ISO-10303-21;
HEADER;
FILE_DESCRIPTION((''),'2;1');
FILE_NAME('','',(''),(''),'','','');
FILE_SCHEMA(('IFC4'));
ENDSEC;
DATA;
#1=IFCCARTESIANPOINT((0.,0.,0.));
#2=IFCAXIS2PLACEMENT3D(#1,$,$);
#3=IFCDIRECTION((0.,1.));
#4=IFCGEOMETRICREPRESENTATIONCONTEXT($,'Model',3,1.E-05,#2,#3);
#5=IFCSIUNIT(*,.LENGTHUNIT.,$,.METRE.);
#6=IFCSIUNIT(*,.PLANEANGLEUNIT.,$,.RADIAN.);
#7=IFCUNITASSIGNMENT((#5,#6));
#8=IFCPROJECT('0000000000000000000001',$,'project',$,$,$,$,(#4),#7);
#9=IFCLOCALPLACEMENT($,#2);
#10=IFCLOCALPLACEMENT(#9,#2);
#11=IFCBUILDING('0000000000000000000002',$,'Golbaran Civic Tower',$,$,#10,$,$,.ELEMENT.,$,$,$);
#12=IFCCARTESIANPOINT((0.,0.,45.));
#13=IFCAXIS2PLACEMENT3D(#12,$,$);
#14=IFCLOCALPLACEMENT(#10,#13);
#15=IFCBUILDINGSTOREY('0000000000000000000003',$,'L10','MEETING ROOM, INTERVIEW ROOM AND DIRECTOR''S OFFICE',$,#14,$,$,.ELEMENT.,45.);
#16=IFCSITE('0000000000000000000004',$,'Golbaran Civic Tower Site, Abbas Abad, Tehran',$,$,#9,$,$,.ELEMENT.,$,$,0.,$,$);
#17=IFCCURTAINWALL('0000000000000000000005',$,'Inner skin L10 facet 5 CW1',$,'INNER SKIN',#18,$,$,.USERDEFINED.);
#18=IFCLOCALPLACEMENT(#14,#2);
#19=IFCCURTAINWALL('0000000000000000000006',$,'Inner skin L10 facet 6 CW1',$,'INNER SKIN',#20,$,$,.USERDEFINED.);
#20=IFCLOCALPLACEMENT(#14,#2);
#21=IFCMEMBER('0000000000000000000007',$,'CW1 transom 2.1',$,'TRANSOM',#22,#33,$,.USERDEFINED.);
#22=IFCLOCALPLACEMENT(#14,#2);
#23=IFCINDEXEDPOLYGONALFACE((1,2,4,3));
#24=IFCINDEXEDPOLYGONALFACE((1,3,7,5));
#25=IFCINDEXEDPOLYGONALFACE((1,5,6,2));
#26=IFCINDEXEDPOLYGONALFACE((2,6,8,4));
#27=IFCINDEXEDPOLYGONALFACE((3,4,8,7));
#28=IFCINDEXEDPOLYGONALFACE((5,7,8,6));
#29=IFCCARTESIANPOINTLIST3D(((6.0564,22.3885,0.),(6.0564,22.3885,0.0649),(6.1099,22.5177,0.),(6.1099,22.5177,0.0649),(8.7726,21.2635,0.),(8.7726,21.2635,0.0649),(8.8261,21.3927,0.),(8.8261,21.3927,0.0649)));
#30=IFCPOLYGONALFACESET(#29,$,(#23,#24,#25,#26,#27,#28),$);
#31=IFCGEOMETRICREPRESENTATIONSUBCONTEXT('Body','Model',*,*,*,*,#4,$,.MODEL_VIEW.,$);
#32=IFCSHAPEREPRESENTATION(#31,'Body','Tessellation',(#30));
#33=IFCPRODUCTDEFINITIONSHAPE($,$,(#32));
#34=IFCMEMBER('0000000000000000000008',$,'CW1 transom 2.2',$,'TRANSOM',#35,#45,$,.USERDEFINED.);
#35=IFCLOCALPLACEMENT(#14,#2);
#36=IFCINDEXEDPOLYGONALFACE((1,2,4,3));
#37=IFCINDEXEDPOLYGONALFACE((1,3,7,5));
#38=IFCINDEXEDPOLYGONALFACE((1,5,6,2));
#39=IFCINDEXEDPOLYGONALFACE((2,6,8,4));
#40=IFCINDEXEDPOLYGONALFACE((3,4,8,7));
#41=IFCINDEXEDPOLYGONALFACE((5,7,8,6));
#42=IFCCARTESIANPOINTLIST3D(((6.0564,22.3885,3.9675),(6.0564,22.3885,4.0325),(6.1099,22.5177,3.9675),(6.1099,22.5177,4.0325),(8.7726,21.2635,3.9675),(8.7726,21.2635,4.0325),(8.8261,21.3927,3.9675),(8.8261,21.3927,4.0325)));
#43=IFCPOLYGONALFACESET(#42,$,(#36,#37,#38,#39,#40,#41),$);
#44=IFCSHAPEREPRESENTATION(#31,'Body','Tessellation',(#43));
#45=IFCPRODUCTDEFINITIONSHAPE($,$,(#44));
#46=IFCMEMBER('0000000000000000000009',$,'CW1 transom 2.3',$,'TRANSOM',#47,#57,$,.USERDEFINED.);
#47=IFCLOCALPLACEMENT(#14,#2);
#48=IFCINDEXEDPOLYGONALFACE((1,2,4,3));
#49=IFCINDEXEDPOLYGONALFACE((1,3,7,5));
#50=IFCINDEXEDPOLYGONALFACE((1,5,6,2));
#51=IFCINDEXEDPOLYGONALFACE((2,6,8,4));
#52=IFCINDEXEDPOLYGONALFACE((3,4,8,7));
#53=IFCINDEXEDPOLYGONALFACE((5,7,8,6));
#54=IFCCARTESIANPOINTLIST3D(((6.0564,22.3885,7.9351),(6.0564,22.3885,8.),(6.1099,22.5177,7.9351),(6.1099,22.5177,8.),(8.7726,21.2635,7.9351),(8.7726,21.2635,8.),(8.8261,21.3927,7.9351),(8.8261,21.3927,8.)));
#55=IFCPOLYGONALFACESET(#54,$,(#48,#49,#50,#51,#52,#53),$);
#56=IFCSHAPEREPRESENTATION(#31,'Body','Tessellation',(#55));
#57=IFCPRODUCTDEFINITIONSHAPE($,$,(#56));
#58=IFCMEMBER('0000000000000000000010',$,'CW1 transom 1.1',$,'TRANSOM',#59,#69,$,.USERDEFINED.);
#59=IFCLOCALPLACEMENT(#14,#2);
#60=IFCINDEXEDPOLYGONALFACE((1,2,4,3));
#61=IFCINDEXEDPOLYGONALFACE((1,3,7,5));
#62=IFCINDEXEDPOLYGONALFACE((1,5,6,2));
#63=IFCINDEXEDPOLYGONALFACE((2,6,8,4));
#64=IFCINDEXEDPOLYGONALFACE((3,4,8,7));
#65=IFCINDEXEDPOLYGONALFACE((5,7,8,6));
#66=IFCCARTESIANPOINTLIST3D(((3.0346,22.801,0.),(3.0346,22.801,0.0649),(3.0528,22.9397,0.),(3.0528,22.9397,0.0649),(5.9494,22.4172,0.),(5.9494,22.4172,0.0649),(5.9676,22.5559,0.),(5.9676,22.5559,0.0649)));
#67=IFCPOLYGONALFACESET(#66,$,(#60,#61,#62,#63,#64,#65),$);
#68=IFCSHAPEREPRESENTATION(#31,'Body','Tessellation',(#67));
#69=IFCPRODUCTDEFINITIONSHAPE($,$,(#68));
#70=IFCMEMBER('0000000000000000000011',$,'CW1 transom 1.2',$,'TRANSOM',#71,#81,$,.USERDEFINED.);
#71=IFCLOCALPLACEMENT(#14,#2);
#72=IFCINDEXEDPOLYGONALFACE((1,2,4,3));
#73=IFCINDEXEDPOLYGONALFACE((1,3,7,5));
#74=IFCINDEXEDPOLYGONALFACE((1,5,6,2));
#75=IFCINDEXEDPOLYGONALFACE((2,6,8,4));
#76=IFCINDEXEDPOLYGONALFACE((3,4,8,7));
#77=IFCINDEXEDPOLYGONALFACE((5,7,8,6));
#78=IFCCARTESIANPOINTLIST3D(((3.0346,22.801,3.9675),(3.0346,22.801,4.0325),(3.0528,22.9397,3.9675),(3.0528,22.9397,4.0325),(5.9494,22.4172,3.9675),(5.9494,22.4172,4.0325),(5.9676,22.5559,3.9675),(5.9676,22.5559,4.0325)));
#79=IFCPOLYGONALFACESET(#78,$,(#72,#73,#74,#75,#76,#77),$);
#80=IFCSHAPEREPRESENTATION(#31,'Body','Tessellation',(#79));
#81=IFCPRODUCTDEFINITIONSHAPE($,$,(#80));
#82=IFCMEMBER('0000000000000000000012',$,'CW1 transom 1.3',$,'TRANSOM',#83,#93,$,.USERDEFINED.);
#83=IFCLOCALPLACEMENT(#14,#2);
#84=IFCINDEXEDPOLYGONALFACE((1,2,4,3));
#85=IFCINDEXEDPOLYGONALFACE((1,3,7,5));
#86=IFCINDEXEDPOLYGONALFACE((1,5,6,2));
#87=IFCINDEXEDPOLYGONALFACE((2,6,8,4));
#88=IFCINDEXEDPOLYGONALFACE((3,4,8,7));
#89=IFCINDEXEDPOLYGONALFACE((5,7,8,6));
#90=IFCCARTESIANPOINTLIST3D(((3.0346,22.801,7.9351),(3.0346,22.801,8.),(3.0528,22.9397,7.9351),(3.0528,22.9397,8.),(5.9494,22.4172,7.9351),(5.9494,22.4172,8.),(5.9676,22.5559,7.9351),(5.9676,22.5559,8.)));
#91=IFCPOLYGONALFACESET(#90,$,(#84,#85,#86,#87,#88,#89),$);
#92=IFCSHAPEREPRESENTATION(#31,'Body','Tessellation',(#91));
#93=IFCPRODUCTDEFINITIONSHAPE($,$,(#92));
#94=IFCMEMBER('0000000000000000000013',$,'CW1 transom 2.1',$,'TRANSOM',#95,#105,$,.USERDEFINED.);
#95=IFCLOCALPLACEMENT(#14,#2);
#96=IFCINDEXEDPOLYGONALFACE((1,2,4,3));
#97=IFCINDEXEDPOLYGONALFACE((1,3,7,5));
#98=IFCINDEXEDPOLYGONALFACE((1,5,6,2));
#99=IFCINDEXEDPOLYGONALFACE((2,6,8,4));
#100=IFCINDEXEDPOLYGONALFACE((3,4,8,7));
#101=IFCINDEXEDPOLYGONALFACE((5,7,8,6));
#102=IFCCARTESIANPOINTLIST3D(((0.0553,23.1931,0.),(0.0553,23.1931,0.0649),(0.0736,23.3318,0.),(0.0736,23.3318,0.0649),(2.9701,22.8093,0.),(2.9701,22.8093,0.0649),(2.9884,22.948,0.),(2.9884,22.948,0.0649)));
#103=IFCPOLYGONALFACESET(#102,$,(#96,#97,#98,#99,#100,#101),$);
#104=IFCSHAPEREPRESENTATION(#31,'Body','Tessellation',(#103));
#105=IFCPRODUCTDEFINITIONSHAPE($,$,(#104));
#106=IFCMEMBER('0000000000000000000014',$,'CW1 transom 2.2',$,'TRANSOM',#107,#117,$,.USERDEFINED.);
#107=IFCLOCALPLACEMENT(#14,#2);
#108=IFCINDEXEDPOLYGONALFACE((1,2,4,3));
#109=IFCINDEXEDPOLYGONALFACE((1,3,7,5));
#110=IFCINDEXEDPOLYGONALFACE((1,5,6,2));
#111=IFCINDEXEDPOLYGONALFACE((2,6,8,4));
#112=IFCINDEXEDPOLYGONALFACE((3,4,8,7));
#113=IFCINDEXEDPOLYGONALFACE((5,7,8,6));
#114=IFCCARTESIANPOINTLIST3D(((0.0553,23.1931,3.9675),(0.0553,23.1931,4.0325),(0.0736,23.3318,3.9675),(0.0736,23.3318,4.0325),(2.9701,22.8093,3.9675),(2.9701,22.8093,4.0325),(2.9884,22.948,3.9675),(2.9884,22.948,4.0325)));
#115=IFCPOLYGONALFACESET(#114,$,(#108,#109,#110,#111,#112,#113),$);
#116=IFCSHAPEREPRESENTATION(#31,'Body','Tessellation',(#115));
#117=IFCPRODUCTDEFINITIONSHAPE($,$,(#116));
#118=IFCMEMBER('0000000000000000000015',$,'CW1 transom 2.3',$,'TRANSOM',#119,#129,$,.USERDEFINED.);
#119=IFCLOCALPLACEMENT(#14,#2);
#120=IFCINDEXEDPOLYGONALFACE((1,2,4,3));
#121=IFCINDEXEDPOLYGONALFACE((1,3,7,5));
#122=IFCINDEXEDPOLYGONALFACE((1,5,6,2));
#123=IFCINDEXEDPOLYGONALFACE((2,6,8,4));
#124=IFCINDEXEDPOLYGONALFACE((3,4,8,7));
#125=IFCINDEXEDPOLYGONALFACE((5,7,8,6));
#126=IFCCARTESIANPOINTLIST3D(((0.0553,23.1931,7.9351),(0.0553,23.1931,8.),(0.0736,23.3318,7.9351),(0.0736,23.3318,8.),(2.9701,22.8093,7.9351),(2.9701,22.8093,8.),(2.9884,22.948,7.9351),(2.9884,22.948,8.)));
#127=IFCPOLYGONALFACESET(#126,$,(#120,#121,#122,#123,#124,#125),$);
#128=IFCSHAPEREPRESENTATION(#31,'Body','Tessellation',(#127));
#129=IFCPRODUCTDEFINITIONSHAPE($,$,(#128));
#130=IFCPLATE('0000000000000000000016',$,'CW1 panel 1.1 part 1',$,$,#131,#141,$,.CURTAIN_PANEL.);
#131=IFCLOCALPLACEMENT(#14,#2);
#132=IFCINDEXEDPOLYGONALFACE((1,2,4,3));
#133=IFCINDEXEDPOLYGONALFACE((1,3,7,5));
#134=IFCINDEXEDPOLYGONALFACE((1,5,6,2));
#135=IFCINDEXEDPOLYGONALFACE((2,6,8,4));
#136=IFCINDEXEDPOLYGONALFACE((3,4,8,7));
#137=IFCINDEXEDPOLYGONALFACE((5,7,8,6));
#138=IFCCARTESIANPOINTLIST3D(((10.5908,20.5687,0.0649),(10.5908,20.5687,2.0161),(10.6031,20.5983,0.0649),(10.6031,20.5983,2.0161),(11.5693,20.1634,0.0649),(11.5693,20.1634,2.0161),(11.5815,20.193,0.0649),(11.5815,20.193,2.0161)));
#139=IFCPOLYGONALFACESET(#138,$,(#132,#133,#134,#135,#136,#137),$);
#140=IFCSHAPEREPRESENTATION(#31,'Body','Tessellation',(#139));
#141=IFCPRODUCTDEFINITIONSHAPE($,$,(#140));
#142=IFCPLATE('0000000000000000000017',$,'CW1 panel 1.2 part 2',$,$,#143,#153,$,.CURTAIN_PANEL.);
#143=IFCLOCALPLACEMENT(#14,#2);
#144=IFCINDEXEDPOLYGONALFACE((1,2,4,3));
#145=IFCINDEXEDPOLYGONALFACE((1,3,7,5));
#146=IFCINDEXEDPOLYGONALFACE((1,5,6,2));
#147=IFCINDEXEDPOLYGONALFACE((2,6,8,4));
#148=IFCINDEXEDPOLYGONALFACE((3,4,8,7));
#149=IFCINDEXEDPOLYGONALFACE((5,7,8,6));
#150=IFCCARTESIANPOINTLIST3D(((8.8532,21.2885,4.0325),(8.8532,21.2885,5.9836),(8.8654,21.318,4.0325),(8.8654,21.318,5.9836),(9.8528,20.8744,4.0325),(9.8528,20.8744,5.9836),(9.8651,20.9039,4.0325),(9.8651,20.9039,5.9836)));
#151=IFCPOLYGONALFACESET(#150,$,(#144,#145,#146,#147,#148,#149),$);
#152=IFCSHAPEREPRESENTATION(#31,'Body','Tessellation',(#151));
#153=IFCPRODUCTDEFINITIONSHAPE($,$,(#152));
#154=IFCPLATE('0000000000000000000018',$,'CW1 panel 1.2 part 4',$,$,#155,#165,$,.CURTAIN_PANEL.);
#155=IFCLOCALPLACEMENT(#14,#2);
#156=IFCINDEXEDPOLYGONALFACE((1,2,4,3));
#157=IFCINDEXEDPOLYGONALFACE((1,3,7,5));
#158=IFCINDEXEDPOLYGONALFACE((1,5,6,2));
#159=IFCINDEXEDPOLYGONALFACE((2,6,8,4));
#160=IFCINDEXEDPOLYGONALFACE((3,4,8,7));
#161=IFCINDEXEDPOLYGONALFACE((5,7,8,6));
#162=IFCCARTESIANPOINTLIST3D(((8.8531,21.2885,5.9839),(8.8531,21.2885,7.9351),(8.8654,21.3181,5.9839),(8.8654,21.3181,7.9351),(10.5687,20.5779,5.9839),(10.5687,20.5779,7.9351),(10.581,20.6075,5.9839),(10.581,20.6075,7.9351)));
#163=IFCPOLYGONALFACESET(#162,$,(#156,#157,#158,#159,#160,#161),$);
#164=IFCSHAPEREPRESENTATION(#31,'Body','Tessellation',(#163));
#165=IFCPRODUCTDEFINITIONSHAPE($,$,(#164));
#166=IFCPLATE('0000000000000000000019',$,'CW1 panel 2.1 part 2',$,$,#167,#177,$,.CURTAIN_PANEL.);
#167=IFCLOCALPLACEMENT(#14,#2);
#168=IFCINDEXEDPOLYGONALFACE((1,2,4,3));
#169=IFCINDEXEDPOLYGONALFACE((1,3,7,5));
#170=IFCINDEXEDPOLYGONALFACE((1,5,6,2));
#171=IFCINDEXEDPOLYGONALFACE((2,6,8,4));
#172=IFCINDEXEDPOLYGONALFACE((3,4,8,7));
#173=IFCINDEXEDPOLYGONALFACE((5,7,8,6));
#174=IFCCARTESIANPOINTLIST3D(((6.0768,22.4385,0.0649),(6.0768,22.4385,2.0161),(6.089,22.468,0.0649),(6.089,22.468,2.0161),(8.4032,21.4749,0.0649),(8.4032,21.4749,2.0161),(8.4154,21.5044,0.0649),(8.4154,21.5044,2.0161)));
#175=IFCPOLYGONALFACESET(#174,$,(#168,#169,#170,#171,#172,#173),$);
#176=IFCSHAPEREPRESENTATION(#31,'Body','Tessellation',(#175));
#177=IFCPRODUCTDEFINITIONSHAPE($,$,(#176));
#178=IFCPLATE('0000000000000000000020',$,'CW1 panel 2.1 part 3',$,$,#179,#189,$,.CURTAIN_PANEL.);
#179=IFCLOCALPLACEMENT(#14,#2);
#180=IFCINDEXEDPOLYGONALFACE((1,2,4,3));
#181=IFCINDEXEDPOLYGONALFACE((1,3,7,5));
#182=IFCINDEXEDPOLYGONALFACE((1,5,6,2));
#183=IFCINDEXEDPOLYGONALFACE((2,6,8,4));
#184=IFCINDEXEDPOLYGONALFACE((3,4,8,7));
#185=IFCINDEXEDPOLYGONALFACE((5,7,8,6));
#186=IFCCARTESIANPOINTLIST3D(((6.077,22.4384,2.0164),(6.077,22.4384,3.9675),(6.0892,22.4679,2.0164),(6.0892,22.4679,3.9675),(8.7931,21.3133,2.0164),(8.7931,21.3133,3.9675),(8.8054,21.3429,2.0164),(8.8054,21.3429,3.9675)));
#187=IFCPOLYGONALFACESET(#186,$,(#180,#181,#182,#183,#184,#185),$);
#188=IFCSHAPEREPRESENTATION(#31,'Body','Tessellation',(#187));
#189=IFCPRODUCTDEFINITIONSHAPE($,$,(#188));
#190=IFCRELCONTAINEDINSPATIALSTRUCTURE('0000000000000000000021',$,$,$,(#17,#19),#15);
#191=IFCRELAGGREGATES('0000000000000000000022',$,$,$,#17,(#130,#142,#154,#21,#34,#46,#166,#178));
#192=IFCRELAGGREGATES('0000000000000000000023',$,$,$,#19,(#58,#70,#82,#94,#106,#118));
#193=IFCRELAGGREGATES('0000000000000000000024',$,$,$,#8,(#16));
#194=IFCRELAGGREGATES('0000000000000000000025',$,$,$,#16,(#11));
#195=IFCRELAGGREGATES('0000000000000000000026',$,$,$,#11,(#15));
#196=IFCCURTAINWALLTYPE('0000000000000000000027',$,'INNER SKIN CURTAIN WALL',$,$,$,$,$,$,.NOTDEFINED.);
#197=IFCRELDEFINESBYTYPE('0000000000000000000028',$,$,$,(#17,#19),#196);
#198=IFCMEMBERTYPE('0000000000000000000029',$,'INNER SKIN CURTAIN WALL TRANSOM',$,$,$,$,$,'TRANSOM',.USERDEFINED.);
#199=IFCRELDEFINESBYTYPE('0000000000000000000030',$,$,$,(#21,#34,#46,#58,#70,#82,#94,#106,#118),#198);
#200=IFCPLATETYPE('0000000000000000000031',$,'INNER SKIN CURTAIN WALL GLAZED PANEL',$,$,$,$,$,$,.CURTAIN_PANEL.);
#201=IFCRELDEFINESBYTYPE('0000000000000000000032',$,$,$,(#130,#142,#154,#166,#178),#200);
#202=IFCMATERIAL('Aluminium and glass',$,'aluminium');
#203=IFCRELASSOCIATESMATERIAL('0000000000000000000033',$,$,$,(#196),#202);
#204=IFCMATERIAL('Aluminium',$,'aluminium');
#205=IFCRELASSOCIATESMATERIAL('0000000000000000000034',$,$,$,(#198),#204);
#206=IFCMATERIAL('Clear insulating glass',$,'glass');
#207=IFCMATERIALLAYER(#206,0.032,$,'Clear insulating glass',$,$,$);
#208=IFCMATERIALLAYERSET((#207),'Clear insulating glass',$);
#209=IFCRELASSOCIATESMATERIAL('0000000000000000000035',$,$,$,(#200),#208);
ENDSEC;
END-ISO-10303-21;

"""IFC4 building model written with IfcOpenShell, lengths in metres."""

from ifc_helpers import new_model, si_unit, direction, frame, origin, origin_2d, place, context, subcontext, project, spatial, rectangle, extrude, material, layer, layer_set, material_profile, profile_set, type_object, element, aggregate, save


model = new_model("IFC4")

# Units and contexts
model_context = context("Model", 3, precision=1e-05, world=origin(), true_north=direction((0.0, 1.0)))
body_context = subcontext(model_context, "Body", "Model", "MODEL_VIEW")
ifc_project = project(units=[si_unit("LENGTHUNIT", "METRE"), si_unit("PLANEANGLEUNIT", "RADIAN")], contexts=[model_context])

# Site, building, storey
site_placement = place(None, origin())
site = spatial("IfcSite", under=ifc_project, at=site_placement, Name="Golbaran Civic Tower Site, Abbas Abad, Tehran", CompositionType="ELEMENT", RefElevation=0.0)
building_placement = place(site_placement, origin())
building = spatial("IfcBuilding", under=site, at=building_placement, Name="Golbaran Civic Tower", CompositionType="ELEMENT")
storey_placement = place(building_placement, frame((0.0, 0.0, 45.0)))
storey = spatial("IfcBuildingStorey", under=building, at=storey_placement, Name="L10", Description="MEETING ROOM, INTERVIEW ROOM AND DIRECTOR'S OFFICE", CompositionType="ELEMENT", Elevation=45.0)

# Curtain walls
ifc_material_1 = material(Name="Aluminium and glass", Category="aluminium")
curtain_wall_type = type_object("IfcCurtainWallType", Name="INNER SKIN CURTAIN WALL", PredefinedType="NOTDEFINED", material=ifc_material_1)
curtain_wall_1_placement = place(storey_placement, origin())
curtain_wall_1 = element("IfcCurtainWall", 1, at=curtain_wall_1_placement, inside=storey, type_object=curtain_wall_type, Name="Inner skin L10 facet 5 CW1", ObjectType="INNER SKIN", PredefinedType="USERDEFINED")
ifc_material_2 = material(Name="Aluminium", Category="aluminium")
curtain_wall_2_placement = place(storey_placement, origin())
curtain_wall_2 = element("IfcCurtainWall", 2, at=curtain_wall_2_placement, inside=storey, type_object=curtain_wall_type, Name="Inner skin L10 facet 6 CW1", ObjectType="INNER SKIN", PredefinedType="USERDEFINED")

# Members
ifc_material_profile_1 = material_profile(ifc_material_2, rectangle(XDim=0.1399, YDim=0.0649, at=origin_2d()), Name="INNER SKIN CURTAIN WALL TRANSOM")
ifc_profile_set_1 = profile_set([ifc_material_profile_1], Name="Aluminium")
member_type_1 = type_object("IfcMemberType", Name="INNER SKIN CURTAIN WALL TRANSOM", ElementType="TRANSOM", PredefinedType="USERDEFINED", material=ifc_profile_set_1)
member_1_placement = place(storey_placement, frame((8.7993, 21.3281, 0.0325), z_axis=(-0.923895, 0.382645, 0.0), x_axis=(-0.382645, -0.923895, 0.0)))
member_1 = element("IfcMember", 3, at=member_1_placement, type_object=member_type_1, Name="CW1 transom 2.1", ObjectType="TRANSOM", PredefinedType="USERDEFINED", context=body_context, shape_type="SweptSolid", body=[
    extrude(rectangle(XDim=0.1399, YDim=0.0649, at=origin_2d()), origin(), (0.0, 0.0, 1.0), 2.9399),
])
member_2_placement = place(storey_placement, frame((8.7993, 21.3281, 4.0), z_axis=(-0.923895, 0.382645, 0.0), x_axis=(-0.382645, -0.923895, 0.0)))
member_2 = element("IfcMember", 4, at=member_2_placement, type_object=member_type_1, Name="CW1 transom 2.2", ObjectType="TRANSOM", PredefinedType="USERDEFINED", context=body_context, shape_type="SweptSolid", body=[
    extrude(rectangle(XDim=0.1399, YDim=0.0649, at=origin_2d()), origin(), (0.0, 0.0, 1.0), 2.9399),
])
member_3_placement = place(storey_placement, frame((8.7993, 21.3281, 7.9675), z_axis=(-0.923895, 0.382645, 0.0), x_axis=(-0.382645, -0.923895, 0.0)))
member_3 = element("IfcMember", 5, at=member_3_placement, type_object=member_type_1, Name="CW1 transom 2.3", ObjectType="TRANSOM", PredefinedType="USERDEFINED", context=body_context, shape_type="SweptSolid", body=[
    extrude(rectangle(XDim=0.1399, YDim=0.0649, at=origin_2d()), origin(), (0.0, 0.0, 1.0), 2.9399),
])
member_4_placement = place(storey_placement, frame((5.9585, 22.4866, 0.0325), z_axis=(-0.991443, 0.130543, 0.0), x_axis=(-0.130543, -0.991443, 0.0)))
member_4 = element("IfcMember", 6, at=member_4_placement, type_object=member_type_1, Name="CW1 transom 1.1", ObjectType="TRANSOM", PredefinedType="USERDEFINED", context=body_context, shape_type="SweptSolid", body=[
    extrude(rectangle(XDim=0.1399, YDim=0.0649, at=origin_2d()), origin(), (0.0, 0.0, 1.0), 2.9399),
])
member_5_placement = place(storey_placement, frame((5.9585, 22.4866, 4.0), z_axis=(-0.991443, 0.130543, 0.0), x_axis=(-0.130543, -0.991443, 0.0)))
member_5 = element("IfcMember", 7, at=member_5_placement, type_object=member_type_1, Name="CW1 transom 1.2", ObjectType="TRANSOM", PredefinedType="USERDEFINED", context=body_context, shape_type="SweptSolid", body=[
    extrude(rectangle(XDim=0.1399, YDim=0.0649, at=origin_2d()), origin(), (0.0, 0.0, 1.0), 2.9399),
])
member_6_placement = place(storey_placement, frame((5.9585, 22.4866, 7.9675), z_axis=(-0.991443, 0.130543, 0.0), x_axis=(-0.130543, -0.991443, 0.0)))
member_6 = element("IfcMember", 8, at=member_6_placement, type_object=member_type_1, Name="CW1 transom 1.3", ObjectType="TRANSOM", PredefinedType="USERDEFINED", context=body_context, shape_type="SweptSolid", body=[
    extrude(rectangle(XDim=0.1399, YDim=0.0649, at=origin_2d()), origin(), (0.0, 0.0, 1.0), 2.9399),
])
member_7_placement = place(storey_placement, frame((2.9792, 22.8787, 0.0325), z_axis=(-0.991443, 0.130543, 0.0), x_axis=(-0.130543, -0.991443, 0.0)))
member_7 = element("IfcMember", 9, at=member_7_placement, type_object=member_type_1, Name="CW1 transom 2.1", ObjectType="TRANSOM", PredefinedType="USERDEFINED", context=body_context, shape_type="SweptSolid", body=[
    extrude(rectangle(XDim=0.1399, YDim=0.0649, at=origin_2d()), origin(), (0.0, 0.0, 1.0), 2.9399),
])
member_8_placement = place(storey_placement, frame((2.9792, 22.8787, 4.0), z_axis=(-0.991443, 0.130543, 0.0), x_axis=(-0.130543, -0.991443, 0.0)))
member_8 = element("IfcMember", 10, at=member_8_placement, type_object=member_type_1, Name="CW1 transom 2.2", ObjectType="TRANSOM", PredefinedType="USERDEFINED", context=body_context, shape_type="SweptSolid", body=[
    extrude(rectangle(XDim=0.1399, YDim=0.0649, at=origin_2d()), origin(), (0.0, 0.0, 1.0), 2.9399),
])
member_9_placement = place(storey_placement, frame((2.9792, 22.8787, 7.9675), z_axis=(-0.991443, 0.130543, 0.0), x_axis=(-0.130543, -0.991443, 0.0)))
member_9 = element("IfcMember", 11, at=member_9_placement, type_object=member_type_1, Name="CW1 transom 2.3", ObjectType="TRANSOM", PredefinedType="USERDEFINED", context=body_context, shape_type="SweptSolid", body=[
    extrude(rectangle(XDim=0.1399, YDim=0.0649, at=origin_2d()), origin(), (0.0, 0.0, 1.0), 2.9399),
])

# Plates
ifc_material_3 = material(Name="Clear insulating glass", Category="glass")
ifc_layer_1 = layer(ifc_material_3, 0.032, Name="Clear insulating glass")
ifc_layer_set_1 = layer_set([ifc_layer_1], Name="Clear insulating glass")
plate_type_1 = type_object("IfcPlateType", Name="INNER SKIN CURTAIN WALL GLAZED PANEL", PredefinedType="CURTAIN_PANEL", material=ifc_layer_set_1)
plate_1_placement = place(storey_placement, frame((11.0862, 20.3809, 0.0649), z_axis=(0.0, 0.0, 1.0), x_axis=(-0.92388, 0.382683, 0.0)))
plate_1 = element("IfcPlate", 12, at=plate_1_placement, type_object=plate_type_1, Name="CW1 panel 1.1 part 1", PredefinedType="CURTAIN_PANEL", context=body_context, shape_type="SweptSolid", body=[
    extrude(rectangle(XDim=1.0591, YDim=0.032, at=origin_2d()), origin(), (0.0, 0.0, 1.0), 1.9512),
])
plate_2_placement = place(storey_placement, frame((9.3591, 21.0962, 4.0325), z_axis=(0.0, 0.0, 1.0), x_axis=(-0.92388, 0.382683, 0.0)))
plate_2 = element("IfcPlate", 13, at=plate_2_placement, type_object=plate_type_1, Name="CW1 panel 1.2 part 2", PredefinedType="CURTAIN_PANEL", context=body_context, shape_type="SweptSolid", body=[
    extrude(rectangle(XDim=1.082, YDim=0.032, at=origin_2d()), origin(), (0.0, 0.0, 1.0), 1.9512),
])
plate_3_placement = place(storey_placement, frame((9.717, 20.948, 5.9839), z_axis=(0.0, 0.0, 1.0), x_axis=(-0.92388, 0.382683, 0.0)))
plate_3 = element("IfcPlate", 14, at=plate_3_placement, type_object=plate_type_1, Name="CW1 panel 1.2 part 4", PredefinedType="CURTAIN_PANEL", context=body_context, shape_type="SweptSolid", body=[
    extrude(rectangle(XDim=1.8569, YDim=0.032, at=origin_2d()), origin(), (0.0, 0.0, 1.0), 1.9512),
])
plate_4_placement = place(storey_placement, frame((7.2461, 21.9714, 0.0649), z_axis=(0.0, 0.0, 1.0), x_axis=(-0.92388, 0.382683, 0.0)))
plate_4 = element("IfcPlate", 15, at=plate_4_placement, type_object=plate_type_1, Name="CW1 panel 2.1 part 2", PredefinedType="CURTAIN_PANEL", context=body_context, shape_type="SweptSolid", body=[
    extrude(rectangle(XDim=2.5181, YDim=0.032, at=origin_2d()), origin(), (0.0, 0.0, 1.0), 1.9512),
])
plate_5_placement = place(storey_placement, frame((7.4412, 21.8906, 2.0164), z_axis=(0.0, 0.0, 1.0), x_axis=(-0.92388, 0.382683, 0.0)))
plate_5 = element("IfcPlate", 16, at=plate_5_placement, type_object=plate_type_1, Name="CW1 panel 2.1 part 3", PredefinedType="CURTAIN_PANEL", context=body_context, shape_type="SweptSolid", body=[
    extrude(rectangle(XDim=2.9399, YDim=0.032, at=origin_2d()), origin(), (0.0, 0.0, 1.0), 1.9512),
])
aggregate(curtain_wall_1, [plate_1, plate_2, plate_3, member_1, member_2, member_3, plate_4, plate_5])
aggregate(curtain_wall_2, [member_4, member_5, member_6, member_7, member_8, member_9])

save(model, "model.ifc")
